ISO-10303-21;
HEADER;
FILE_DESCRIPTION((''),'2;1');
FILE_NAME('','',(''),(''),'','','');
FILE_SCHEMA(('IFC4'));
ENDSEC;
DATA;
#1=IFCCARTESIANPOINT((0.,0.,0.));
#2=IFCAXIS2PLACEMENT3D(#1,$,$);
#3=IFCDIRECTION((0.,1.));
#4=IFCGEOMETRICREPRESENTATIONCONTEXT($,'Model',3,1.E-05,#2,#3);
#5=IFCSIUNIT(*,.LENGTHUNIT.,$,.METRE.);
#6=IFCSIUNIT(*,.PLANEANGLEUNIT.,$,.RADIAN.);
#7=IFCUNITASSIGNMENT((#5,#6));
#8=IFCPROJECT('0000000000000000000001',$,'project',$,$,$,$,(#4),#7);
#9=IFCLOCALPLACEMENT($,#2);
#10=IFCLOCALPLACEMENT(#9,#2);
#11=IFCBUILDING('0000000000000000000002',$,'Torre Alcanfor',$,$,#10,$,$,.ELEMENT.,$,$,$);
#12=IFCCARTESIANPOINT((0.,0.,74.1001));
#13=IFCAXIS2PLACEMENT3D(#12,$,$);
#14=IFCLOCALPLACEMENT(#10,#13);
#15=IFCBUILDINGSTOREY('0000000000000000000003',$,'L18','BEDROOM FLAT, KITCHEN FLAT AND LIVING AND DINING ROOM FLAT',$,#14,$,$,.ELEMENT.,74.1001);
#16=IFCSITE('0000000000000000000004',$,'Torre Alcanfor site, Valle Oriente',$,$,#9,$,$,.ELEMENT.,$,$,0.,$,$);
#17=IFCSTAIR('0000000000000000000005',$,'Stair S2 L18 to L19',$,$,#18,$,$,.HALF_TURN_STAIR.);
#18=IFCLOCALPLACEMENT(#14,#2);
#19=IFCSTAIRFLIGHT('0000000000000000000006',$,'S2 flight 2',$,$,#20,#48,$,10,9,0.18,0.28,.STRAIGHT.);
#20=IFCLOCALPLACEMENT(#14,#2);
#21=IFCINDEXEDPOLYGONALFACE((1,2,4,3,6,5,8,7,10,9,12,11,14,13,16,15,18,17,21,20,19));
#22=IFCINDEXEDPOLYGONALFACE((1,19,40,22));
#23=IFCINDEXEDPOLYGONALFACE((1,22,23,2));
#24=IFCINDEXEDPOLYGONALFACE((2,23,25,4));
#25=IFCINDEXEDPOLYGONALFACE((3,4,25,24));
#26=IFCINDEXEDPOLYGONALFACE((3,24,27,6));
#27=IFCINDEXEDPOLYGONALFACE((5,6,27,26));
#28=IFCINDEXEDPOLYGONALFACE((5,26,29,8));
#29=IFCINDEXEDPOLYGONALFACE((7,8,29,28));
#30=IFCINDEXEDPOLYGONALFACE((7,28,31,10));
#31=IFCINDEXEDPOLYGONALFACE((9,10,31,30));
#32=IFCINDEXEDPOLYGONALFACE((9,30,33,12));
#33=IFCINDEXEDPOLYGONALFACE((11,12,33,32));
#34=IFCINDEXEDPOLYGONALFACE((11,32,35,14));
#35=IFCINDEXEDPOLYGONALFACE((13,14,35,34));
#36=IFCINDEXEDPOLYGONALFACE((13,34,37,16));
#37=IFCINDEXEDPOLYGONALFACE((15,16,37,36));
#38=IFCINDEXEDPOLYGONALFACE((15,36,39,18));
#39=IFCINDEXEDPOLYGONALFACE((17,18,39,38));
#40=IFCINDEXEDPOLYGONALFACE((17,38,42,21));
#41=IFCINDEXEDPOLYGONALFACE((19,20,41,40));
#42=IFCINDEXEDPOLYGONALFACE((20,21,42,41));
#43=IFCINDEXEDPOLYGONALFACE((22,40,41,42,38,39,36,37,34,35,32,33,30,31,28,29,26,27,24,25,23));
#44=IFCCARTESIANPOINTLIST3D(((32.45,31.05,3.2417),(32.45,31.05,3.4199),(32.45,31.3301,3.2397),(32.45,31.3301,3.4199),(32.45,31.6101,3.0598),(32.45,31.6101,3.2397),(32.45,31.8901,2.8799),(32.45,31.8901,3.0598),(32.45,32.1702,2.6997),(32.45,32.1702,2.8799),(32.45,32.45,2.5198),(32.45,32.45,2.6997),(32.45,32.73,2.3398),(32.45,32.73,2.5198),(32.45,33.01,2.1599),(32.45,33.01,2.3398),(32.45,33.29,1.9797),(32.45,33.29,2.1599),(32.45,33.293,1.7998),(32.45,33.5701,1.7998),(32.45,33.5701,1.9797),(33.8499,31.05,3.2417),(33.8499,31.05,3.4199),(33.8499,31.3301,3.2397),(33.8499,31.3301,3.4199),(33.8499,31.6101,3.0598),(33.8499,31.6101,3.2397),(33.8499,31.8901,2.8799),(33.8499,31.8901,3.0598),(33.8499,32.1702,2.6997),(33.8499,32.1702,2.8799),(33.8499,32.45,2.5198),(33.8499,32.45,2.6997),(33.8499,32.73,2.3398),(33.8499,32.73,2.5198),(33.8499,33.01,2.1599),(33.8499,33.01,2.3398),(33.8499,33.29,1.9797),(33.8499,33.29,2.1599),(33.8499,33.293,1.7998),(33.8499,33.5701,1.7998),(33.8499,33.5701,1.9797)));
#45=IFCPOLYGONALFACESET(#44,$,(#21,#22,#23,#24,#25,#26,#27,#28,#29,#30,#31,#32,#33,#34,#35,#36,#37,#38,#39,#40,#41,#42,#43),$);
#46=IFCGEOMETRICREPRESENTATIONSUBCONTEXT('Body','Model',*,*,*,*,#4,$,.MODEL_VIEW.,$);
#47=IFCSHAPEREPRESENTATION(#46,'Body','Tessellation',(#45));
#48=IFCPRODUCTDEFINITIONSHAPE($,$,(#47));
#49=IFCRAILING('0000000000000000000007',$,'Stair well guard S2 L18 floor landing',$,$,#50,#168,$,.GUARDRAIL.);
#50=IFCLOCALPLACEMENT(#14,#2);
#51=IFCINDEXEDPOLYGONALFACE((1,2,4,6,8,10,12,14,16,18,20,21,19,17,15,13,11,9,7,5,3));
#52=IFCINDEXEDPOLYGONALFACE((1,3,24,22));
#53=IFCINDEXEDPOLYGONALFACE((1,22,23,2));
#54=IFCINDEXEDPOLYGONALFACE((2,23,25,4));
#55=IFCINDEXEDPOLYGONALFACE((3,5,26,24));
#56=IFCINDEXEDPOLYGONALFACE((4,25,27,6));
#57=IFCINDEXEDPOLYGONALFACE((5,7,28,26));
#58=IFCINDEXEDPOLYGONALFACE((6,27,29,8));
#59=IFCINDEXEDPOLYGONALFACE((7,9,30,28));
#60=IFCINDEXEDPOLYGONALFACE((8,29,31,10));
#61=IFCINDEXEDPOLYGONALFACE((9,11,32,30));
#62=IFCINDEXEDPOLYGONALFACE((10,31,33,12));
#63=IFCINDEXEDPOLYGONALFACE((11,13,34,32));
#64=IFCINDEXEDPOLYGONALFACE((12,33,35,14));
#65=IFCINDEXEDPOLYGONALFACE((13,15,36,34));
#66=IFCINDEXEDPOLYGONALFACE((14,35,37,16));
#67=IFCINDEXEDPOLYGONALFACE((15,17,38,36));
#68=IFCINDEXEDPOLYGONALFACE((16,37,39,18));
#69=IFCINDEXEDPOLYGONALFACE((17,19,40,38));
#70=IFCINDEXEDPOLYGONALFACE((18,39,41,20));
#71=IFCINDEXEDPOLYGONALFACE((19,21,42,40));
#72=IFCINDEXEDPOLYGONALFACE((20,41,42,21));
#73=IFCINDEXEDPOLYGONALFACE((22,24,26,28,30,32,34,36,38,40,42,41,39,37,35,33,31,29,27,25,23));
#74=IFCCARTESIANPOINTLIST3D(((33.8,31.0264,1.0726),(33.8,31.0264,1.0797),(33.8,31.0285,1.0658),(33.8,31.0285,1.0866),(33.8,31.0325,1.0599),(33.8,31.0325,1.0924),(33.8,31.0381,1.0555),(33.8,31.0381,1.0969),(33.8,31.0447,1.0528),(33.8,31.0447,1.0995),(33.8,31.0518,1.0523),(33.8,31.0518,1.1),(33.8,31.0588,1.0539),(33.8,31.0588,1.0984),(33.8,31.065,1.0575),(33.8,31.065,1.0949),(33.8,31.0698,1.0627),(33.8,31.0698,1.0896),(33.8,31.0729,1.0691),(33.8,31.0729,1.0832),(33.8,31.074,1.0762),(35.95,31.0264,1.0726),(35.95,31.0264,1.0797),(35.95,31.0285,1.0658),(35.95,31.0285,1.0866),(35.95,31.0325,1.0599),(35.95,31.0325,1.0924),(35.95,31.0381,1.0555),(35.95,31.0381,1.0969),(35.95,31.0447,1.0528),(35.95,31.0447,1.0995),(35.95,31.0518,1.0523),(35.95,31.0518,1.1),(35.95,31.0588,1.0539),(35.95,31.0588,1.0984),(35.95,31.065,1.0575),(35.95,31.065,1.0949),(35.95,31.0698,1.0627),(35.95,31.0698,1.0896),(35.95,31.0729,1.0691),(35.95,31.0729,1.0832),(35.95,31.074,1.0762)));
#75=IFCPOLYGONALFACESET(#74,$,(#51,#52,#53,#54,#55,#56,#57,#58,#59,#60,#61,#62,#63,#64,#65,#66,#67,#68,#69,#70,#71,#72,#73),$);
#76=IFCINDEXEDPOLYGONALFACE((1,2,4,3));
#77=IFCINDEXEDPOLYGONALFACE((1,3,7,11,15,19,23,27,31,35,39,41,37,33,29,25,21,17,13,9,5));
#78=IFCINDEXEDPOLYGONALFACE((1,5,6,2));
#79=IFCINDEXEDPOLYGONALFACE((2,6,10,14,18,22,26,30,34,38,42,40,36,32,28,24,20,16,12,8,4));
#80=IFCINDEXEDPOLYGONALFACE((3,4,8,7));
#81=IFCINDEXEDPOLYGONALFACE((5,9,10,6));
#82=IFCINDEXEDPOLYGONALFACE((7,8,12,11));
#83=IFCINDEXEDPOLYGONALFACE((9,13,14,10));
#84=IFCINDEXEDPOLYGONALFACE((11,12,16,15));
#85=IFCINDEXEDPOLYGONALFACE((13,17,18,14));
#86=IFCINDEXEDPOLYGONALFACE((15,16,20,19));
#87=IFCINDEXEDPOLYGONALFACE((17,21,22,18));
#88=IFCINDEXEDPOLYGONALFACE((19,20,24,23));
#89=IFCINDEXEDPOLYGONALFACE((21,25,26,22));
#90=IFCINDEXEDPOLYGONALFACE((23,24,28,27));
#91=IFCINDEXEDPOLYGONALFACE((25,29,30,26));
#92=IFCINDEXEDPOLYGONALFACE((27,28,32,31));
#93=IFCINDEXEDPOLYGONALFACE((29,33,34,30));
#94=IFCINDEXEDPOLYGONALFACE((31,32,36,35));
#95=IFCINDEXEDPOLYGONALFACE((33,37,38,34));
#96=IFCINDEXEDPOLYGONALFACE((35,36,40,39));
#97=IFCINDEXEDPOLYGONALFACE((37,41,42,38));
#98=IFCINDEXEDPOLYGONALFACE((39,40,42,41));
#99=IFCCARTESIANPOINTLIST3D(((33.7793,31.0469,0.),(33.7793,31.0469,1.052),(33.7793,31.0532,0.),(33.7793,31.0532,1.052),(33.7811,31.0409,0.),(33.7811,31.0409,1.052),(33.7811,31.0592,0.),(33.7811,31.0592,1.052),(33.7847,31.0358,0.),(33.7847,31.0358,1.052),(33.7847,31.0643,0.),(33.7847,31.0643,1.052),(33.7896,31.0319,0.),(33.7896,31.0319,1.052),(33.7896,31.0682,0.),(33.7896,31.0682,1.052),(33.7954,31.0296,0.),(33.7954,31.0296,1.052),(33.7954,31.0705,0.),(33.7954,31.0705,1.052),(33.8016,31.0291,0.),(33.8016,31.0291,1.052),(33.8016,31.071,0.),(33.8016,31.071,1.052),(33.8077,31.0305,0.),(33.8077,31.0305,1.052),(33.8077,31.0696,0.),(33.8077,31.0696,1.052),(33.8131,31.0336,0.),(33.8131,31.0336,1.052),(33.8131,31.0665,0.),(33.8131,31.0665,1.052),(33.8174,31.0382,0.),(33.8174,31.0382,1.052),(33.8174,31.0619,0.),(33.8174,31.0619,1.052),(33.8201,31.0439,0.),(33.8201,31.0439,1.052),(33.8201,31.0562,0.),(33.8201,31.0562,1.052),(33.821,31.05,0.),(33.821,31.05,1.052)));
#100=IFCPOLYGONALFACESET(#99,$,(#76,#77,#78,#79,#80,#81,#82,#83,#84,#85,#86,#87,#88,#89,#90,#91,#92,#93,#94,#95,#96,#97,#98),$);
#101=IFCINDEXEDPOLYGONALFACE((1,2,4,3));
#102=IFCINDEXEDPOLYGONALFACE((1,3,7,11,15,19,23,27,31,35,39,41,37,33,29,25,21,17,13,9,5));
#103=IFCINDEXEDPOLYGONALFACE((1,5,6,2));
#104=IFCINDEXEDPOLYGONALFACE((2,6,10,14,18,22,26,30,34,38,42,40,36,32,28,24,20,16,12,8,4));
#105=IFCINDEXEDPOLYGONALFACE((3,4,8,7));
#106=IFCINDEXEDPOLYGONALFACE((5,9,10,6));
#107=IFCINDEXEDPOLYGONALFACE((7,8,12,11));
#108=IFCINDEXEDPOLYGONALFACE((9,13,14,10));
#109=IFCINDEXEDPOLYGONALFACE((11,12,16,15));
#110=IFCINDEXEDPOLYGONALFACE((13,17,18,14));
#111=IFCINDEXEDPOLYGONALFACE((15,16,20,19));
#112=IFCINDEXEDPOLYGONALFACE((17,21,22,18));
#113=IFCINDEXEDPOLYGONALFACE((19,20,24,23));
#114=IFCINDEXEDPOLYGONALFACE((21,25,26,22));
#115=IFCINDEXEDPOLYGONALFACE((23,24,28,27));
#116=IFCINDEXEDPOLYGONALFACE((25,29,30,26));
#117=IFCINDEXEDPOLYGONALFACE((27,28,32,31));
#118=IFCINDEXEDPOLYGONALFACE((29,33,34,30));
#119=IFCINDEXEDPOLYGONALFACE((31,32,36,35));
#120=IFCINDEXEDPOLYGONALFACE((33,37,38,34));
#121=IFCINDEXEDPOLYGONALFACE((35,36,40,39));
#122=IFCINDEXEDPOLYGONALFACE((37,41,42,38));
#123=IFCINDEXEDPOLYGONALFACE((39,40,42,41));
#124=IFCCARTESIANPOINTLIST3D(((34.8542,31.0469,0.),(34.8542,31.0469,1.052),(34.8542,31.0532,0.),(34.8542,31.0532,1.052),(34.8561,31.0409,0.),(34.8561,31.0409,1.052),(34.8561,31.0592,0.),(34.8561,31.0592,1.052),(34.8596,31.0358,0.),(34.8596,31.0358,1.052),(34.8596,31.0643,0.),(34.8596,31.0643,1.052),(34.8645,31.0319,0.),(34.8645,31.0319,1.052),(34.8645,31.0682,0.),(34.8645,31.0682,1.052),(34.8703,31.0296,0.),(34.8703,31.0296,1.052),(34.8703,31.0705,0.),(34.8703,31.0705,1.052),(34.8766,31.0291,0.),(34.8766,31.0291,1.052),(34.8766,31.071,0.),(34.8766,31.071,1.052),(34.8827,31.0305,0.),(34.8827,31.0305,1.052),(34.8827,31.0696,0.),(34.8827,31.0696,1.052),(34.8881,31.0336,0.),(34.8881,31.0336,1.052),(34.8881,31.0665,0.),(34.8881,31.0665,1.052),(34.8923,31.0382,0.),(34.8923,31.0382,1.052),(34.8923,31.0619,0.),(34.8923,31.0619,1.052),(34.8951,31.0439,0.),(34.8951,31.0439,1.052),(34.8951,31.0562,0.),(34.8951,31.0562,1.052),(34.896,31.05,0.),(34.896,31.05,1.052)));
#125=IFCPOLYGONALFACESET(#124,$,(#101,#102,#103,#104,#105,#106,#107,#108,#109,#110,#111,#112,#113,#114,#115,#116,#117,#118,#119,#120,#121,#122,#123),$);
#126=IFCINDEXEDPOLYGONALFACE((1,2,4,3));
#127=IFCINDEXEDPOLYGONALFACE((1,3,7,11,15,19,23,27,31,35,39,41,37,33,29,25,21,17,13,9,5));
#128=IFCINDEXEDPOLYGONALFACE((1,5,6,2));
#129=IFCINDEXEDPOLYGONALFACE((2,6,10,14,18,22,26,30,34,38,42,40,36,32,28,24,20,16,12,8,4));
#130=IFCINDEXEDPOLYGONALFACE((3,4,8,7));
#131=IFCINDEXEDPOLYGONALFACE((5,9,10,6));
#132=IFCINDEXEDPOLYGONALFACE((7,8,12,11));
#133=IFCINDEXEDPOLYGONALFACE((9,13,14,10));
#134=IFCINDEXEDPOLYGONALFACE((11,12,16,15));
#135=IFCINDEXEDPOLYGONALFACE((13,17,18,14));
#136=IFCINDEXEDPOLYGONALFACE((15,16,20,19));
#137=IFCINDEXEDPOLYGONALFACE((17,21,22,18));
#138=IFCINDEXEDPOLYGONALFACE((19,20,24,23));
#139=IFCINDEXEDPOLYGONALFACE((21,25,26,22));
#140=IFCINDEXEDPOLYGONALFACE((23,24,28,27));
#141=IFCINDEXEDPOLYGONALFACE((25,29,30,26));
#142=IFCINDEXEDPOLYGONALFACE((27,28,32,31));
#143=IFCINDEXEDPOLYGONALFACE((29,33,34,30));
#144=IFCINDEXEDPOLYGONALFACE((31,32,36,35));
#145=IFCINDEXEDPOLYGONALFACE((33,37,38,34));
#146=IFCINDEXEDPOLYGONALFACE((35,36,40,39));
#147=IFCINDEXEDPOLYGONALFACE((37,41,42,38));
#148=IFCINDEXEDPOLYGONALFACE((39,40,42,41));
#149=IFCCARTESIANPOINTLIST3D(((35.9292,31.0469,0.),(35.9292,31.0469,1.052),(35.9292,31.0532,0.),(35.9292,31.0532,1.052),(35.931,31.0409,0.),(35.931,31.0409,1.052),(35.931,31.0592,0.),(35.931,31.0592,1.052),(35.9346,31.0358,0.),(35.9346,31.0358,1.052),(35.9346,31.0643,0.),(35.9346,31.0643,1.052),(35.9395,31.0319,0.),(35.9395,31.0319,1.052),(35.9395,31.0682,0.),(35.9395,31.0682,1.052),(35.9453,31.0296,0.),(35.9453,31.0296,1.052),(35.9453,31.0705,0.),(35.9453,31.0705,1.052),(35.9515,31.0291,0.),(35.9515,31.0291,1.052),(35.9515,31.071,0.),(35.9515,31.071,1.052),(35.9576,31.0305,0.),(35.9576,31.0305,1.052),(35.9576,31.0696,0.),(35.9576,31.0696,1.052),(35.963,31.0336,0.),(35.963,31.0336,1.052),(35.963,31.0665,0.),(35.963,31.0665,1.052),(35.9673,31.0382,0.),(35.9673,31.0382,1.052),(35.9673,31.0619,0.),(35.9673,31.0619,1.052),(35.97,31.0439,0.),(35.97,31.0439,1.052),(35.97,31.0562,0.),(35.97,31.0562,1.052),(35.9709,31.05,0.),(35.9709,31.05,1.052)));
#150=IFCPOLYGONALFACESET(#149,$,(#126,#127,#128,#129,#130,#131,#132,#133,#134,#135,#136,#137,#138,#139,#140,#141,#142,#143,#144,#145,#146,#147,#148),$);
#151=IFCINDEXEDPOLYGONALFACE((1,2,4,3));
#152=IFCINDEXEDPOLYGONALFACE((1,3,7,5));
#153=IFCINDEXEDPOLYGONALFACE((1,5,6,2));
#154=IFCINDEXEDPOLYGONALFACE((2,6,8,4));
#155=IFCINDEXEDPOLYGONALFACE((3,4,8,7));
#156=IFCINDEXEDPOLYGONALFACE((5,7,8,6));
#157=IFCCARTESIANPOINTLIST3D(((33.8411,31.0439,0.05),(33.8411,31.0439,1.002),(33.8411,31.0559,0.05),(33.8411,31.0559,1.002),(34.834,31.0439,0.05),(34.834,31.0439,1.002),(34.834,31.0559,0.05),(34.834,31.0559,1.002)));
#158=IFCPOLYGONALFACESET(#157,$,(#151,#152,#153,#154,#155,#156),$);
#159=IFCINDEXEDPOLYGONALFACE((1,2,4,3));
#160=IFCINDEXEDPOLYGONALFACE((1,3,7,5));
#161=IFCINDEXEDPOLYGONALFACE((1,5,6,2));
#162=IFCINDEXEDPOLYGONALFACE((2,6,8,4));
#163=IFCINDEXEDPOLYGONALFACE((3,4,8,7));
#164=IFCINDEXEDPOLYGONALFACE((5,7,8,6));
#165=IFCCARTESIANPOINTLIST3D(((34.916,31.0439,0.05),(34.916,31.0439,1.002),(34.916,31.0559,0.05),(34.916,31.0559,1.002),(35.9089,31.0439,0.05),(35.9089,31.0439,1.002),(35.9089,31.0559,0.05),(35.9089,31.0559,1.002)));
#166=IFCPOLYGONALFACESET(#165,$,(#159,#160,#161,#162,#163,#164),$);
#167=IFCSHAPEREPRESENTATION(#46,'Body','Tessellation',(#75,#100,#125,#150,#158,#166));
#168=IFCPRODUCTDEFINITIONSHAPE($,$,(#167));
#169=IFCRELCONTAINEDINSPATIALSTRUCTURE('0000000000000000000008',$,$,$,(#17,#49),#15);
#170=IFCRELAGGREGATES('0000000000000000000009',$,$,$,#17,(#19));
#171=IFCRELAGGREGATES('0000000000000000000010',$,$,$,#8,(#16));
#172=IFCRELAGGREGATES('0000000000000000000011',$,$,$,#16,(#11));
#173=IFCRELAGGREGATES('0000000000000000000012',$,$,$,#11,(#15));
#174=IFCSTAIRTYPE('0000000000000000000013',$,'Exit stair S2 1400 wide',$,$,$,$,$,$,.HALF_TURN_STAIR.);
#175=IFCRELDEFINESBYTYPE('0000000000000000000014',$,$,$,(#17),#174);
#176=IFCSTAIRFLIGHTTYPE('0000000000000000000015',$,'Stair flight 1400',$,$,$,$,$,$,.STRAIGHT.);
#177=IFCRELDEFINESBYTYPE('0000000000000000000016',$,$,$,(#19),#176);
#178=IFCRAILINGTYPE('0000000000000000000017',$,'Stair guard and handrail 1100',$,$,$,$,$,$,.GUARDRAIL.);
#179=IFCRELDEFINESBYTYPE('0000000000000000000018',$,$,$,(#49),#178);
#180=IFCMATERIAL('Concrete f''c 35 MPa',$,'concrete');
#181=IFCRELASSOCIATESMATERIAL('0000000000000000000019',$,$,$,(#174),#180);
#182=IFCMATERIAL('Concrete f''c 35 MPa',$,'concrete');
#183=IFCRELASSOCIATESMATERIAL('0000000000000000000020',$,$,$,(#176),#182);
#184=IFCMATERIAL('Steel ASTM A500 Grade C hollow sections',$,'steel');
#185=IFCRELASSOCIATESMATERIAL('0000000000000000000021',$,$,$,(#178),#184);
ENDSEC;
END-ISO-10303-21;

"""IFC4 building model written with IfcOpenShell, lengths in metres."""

from ifc_helpers import new_model, si_unit, direction, frame, origin, origin_2d, place, context, subcontext, project, spatial, polyline, circle, outline, extrude, material, type_object, element, aggregate, save


model = new_model("IFC4")

# Units and contexts
model_context = context("Model", 3, precision=1e-05, world=origin(), true_north=direction((0.0, 1.0)))
body_context = subcontext(model_context, "Body", "Model", "MODEL_VIEW")
ifc_project = project(units=[si_unit("LENGTHUNIT", "METRE"), si_unit("PLANEANGLEUNIT", "RADIAN")], contexts=[model_context])

# Site, building, storey
site_placement = place(None, origin())
site = spatial("IfcSite", under=ifc_project, at=site_placement, Name="Torre Alcanfor site, Valle Oriente", CompositionType="ELEMENT", RefElevation=0.0)
building_placement = place(site_placement, origin())
building = spatial("IfcBuilding", under=site, at=building_placement, Name="Torre Alcanfor", CompositionType="ELEMENT")
storey_placement = place(building_placement, frame((0.0, 0.0, 74.1001)))
storey = spatial("IfcBuildingStorey", under=building, at=storey_placement, Name="L18", Description="BEDROOM FLAT, KITCHEN FLAT AND LIVING AND DINING ROOM FLAT", CompositionType="ELEMENT", Elevation=74.1001)

# Stair, stair flight
ifc_material_1 = material(Name="Concrete f'c 35 MPa", Category="concrete")
stair_type = type_object("IfcStairType", Name="Exit stair S2 1400 wide", PredefinedType="HALF_TURN_STAIR", material=ifc_material_1)
stair_placement = place(storey_placement, origin())
stair = element("IfcStair", 1, at=stair_placement, inside=storey, type_object=stair_type, Name="Stair S2 L18 to L19", PredefinedType="HALF_TURN_STAIR")
ifc_material_2 = material(Name="Concrete f'c 35 MPa", Category="concrete")
stair_flight_type = type_object("IfcStairFlightType", Name="Stair flight 1400", PredefinedType="STRAIGHT", material=ifc_material_2)
stair_flight_1_placement = place(storey_placement, frame((33.1499, 33.5701, 1.7998), z_axis=(0.0, 0.0, 1.0), x_axis=(0.0, -1.0, 0.0)))
stair_flight_1 = element("IfcStairFlight", 2, at=stair_flight_1_placement, type_object=stair_flight_type, Name="S2 flight 2", NumberOfRisers=10, NumberOfTreads=9, PredefinedType="STRAIGHT", RiserHeight=0.18, TreadLength=0.28, context=body_context, shape_type="SweptSolid", body=[
    extrude(outline(polyline([(0.0, 0.0), (0.0, 0.1799), (0.28, 0.1799), (0.28, 0.3601), (0.5601, 0.3601), (0.5601, 0.54), (0.8401, 0.54), (0.8401, 0.72), (1.1201, 0.72), (1.1201, 0.8999), (1.3999, 0.8999), (1.3999, 1.0801), (1.6799, 1.0801), (1.6799, 1.26), (1.96, 1.26), (1.96, 1.4399), (2.24, 1.4399), (2.24, 1.6201), (2.52, 1.6201), (2.52, 1.8), (2.52, 1.4419), (0.2771, 0.0), (0.0, 0.0)])), frame((0.0, 0.7, 0.0), z_axis=(0.0, -1.0, 0.0), x_axis=(1.0, 0.0, 0.0)), (0.0, 0.0, 1.0), 1.3999),
])
aggregate(stair, [stair_flight_1])

# Railing
ifc_material_3 = material(Name="Steel ASTM A500 Grade C hollow sections", Category="steel")
railing_type_1 = type_object("IfcRailingType", Name="Stair guard and handrail 1100", PredefinedType="GUARDRAIL", material=ifc_material_3)
for number, where, name in (
    (3, (33.8, 31.05, 0.0), "Stair well guard S2 L18 floor landing"),
):
    element("IfcRailing", number, at=place(storey_placement, frame(where)), inside=storey, type_object=railing_type_1, Name=name, PredefinedType="GUARDRAIL", context=body_context, shape_type="SweptSolid", body=[
        extrude(circle(Radius=0.0239, at=origin_2d()), frame((0.0, 0.0, 1.0762), z_axis=(1.0, 0.0, 0.0), x_axis=(0.0, 1.0, 0.0)), (0.0, 0.0, 1.0), 2.1499),
        extrude(circle(Radius=0.021, at=origin_2d()), origin(), (0.0, 0.0, 1.0), 1.052),
        extrude(circle(Radius=0.021, at=origin_2d()), frame((1.075, 0.0, 0.0)), (0.0, 0.0, 1.0), 1.052),
        extrude(circle(Radius=0.021, at=origin_2d()), frame((2.1499, 0.0, 0.0)), (0.0, 0.0, 1.0), 1.052),
        extrude(outline(polyline([(0.041, 0.05), (1.0339, 0.05), (1.0339, 1.002), (0.041, 1.002), (0.041, 0.05)])), frame((0.0, 0.0059, 0.0), z_axis=(0.0, -1.0, 0.0), x_axis=(1.0, 0.0, 0.0)), (0.0, 0.0, 1.0), 0.012),
        extrude(outline(polyline([(1.116, 0.05), (2.1089, 0.05), (2.1089, 1.002), (1.116, 1.002), (1.116, 0.05)])), frame((0.0, 0.0059, 0.0), z_axis=(0.0, -1.0, 0.0), x_axis=(1.0, 0.0, 0.0)), (0.0, 0.0, 1.0), 0.012),
    ])

save(model, "model.ifc")
